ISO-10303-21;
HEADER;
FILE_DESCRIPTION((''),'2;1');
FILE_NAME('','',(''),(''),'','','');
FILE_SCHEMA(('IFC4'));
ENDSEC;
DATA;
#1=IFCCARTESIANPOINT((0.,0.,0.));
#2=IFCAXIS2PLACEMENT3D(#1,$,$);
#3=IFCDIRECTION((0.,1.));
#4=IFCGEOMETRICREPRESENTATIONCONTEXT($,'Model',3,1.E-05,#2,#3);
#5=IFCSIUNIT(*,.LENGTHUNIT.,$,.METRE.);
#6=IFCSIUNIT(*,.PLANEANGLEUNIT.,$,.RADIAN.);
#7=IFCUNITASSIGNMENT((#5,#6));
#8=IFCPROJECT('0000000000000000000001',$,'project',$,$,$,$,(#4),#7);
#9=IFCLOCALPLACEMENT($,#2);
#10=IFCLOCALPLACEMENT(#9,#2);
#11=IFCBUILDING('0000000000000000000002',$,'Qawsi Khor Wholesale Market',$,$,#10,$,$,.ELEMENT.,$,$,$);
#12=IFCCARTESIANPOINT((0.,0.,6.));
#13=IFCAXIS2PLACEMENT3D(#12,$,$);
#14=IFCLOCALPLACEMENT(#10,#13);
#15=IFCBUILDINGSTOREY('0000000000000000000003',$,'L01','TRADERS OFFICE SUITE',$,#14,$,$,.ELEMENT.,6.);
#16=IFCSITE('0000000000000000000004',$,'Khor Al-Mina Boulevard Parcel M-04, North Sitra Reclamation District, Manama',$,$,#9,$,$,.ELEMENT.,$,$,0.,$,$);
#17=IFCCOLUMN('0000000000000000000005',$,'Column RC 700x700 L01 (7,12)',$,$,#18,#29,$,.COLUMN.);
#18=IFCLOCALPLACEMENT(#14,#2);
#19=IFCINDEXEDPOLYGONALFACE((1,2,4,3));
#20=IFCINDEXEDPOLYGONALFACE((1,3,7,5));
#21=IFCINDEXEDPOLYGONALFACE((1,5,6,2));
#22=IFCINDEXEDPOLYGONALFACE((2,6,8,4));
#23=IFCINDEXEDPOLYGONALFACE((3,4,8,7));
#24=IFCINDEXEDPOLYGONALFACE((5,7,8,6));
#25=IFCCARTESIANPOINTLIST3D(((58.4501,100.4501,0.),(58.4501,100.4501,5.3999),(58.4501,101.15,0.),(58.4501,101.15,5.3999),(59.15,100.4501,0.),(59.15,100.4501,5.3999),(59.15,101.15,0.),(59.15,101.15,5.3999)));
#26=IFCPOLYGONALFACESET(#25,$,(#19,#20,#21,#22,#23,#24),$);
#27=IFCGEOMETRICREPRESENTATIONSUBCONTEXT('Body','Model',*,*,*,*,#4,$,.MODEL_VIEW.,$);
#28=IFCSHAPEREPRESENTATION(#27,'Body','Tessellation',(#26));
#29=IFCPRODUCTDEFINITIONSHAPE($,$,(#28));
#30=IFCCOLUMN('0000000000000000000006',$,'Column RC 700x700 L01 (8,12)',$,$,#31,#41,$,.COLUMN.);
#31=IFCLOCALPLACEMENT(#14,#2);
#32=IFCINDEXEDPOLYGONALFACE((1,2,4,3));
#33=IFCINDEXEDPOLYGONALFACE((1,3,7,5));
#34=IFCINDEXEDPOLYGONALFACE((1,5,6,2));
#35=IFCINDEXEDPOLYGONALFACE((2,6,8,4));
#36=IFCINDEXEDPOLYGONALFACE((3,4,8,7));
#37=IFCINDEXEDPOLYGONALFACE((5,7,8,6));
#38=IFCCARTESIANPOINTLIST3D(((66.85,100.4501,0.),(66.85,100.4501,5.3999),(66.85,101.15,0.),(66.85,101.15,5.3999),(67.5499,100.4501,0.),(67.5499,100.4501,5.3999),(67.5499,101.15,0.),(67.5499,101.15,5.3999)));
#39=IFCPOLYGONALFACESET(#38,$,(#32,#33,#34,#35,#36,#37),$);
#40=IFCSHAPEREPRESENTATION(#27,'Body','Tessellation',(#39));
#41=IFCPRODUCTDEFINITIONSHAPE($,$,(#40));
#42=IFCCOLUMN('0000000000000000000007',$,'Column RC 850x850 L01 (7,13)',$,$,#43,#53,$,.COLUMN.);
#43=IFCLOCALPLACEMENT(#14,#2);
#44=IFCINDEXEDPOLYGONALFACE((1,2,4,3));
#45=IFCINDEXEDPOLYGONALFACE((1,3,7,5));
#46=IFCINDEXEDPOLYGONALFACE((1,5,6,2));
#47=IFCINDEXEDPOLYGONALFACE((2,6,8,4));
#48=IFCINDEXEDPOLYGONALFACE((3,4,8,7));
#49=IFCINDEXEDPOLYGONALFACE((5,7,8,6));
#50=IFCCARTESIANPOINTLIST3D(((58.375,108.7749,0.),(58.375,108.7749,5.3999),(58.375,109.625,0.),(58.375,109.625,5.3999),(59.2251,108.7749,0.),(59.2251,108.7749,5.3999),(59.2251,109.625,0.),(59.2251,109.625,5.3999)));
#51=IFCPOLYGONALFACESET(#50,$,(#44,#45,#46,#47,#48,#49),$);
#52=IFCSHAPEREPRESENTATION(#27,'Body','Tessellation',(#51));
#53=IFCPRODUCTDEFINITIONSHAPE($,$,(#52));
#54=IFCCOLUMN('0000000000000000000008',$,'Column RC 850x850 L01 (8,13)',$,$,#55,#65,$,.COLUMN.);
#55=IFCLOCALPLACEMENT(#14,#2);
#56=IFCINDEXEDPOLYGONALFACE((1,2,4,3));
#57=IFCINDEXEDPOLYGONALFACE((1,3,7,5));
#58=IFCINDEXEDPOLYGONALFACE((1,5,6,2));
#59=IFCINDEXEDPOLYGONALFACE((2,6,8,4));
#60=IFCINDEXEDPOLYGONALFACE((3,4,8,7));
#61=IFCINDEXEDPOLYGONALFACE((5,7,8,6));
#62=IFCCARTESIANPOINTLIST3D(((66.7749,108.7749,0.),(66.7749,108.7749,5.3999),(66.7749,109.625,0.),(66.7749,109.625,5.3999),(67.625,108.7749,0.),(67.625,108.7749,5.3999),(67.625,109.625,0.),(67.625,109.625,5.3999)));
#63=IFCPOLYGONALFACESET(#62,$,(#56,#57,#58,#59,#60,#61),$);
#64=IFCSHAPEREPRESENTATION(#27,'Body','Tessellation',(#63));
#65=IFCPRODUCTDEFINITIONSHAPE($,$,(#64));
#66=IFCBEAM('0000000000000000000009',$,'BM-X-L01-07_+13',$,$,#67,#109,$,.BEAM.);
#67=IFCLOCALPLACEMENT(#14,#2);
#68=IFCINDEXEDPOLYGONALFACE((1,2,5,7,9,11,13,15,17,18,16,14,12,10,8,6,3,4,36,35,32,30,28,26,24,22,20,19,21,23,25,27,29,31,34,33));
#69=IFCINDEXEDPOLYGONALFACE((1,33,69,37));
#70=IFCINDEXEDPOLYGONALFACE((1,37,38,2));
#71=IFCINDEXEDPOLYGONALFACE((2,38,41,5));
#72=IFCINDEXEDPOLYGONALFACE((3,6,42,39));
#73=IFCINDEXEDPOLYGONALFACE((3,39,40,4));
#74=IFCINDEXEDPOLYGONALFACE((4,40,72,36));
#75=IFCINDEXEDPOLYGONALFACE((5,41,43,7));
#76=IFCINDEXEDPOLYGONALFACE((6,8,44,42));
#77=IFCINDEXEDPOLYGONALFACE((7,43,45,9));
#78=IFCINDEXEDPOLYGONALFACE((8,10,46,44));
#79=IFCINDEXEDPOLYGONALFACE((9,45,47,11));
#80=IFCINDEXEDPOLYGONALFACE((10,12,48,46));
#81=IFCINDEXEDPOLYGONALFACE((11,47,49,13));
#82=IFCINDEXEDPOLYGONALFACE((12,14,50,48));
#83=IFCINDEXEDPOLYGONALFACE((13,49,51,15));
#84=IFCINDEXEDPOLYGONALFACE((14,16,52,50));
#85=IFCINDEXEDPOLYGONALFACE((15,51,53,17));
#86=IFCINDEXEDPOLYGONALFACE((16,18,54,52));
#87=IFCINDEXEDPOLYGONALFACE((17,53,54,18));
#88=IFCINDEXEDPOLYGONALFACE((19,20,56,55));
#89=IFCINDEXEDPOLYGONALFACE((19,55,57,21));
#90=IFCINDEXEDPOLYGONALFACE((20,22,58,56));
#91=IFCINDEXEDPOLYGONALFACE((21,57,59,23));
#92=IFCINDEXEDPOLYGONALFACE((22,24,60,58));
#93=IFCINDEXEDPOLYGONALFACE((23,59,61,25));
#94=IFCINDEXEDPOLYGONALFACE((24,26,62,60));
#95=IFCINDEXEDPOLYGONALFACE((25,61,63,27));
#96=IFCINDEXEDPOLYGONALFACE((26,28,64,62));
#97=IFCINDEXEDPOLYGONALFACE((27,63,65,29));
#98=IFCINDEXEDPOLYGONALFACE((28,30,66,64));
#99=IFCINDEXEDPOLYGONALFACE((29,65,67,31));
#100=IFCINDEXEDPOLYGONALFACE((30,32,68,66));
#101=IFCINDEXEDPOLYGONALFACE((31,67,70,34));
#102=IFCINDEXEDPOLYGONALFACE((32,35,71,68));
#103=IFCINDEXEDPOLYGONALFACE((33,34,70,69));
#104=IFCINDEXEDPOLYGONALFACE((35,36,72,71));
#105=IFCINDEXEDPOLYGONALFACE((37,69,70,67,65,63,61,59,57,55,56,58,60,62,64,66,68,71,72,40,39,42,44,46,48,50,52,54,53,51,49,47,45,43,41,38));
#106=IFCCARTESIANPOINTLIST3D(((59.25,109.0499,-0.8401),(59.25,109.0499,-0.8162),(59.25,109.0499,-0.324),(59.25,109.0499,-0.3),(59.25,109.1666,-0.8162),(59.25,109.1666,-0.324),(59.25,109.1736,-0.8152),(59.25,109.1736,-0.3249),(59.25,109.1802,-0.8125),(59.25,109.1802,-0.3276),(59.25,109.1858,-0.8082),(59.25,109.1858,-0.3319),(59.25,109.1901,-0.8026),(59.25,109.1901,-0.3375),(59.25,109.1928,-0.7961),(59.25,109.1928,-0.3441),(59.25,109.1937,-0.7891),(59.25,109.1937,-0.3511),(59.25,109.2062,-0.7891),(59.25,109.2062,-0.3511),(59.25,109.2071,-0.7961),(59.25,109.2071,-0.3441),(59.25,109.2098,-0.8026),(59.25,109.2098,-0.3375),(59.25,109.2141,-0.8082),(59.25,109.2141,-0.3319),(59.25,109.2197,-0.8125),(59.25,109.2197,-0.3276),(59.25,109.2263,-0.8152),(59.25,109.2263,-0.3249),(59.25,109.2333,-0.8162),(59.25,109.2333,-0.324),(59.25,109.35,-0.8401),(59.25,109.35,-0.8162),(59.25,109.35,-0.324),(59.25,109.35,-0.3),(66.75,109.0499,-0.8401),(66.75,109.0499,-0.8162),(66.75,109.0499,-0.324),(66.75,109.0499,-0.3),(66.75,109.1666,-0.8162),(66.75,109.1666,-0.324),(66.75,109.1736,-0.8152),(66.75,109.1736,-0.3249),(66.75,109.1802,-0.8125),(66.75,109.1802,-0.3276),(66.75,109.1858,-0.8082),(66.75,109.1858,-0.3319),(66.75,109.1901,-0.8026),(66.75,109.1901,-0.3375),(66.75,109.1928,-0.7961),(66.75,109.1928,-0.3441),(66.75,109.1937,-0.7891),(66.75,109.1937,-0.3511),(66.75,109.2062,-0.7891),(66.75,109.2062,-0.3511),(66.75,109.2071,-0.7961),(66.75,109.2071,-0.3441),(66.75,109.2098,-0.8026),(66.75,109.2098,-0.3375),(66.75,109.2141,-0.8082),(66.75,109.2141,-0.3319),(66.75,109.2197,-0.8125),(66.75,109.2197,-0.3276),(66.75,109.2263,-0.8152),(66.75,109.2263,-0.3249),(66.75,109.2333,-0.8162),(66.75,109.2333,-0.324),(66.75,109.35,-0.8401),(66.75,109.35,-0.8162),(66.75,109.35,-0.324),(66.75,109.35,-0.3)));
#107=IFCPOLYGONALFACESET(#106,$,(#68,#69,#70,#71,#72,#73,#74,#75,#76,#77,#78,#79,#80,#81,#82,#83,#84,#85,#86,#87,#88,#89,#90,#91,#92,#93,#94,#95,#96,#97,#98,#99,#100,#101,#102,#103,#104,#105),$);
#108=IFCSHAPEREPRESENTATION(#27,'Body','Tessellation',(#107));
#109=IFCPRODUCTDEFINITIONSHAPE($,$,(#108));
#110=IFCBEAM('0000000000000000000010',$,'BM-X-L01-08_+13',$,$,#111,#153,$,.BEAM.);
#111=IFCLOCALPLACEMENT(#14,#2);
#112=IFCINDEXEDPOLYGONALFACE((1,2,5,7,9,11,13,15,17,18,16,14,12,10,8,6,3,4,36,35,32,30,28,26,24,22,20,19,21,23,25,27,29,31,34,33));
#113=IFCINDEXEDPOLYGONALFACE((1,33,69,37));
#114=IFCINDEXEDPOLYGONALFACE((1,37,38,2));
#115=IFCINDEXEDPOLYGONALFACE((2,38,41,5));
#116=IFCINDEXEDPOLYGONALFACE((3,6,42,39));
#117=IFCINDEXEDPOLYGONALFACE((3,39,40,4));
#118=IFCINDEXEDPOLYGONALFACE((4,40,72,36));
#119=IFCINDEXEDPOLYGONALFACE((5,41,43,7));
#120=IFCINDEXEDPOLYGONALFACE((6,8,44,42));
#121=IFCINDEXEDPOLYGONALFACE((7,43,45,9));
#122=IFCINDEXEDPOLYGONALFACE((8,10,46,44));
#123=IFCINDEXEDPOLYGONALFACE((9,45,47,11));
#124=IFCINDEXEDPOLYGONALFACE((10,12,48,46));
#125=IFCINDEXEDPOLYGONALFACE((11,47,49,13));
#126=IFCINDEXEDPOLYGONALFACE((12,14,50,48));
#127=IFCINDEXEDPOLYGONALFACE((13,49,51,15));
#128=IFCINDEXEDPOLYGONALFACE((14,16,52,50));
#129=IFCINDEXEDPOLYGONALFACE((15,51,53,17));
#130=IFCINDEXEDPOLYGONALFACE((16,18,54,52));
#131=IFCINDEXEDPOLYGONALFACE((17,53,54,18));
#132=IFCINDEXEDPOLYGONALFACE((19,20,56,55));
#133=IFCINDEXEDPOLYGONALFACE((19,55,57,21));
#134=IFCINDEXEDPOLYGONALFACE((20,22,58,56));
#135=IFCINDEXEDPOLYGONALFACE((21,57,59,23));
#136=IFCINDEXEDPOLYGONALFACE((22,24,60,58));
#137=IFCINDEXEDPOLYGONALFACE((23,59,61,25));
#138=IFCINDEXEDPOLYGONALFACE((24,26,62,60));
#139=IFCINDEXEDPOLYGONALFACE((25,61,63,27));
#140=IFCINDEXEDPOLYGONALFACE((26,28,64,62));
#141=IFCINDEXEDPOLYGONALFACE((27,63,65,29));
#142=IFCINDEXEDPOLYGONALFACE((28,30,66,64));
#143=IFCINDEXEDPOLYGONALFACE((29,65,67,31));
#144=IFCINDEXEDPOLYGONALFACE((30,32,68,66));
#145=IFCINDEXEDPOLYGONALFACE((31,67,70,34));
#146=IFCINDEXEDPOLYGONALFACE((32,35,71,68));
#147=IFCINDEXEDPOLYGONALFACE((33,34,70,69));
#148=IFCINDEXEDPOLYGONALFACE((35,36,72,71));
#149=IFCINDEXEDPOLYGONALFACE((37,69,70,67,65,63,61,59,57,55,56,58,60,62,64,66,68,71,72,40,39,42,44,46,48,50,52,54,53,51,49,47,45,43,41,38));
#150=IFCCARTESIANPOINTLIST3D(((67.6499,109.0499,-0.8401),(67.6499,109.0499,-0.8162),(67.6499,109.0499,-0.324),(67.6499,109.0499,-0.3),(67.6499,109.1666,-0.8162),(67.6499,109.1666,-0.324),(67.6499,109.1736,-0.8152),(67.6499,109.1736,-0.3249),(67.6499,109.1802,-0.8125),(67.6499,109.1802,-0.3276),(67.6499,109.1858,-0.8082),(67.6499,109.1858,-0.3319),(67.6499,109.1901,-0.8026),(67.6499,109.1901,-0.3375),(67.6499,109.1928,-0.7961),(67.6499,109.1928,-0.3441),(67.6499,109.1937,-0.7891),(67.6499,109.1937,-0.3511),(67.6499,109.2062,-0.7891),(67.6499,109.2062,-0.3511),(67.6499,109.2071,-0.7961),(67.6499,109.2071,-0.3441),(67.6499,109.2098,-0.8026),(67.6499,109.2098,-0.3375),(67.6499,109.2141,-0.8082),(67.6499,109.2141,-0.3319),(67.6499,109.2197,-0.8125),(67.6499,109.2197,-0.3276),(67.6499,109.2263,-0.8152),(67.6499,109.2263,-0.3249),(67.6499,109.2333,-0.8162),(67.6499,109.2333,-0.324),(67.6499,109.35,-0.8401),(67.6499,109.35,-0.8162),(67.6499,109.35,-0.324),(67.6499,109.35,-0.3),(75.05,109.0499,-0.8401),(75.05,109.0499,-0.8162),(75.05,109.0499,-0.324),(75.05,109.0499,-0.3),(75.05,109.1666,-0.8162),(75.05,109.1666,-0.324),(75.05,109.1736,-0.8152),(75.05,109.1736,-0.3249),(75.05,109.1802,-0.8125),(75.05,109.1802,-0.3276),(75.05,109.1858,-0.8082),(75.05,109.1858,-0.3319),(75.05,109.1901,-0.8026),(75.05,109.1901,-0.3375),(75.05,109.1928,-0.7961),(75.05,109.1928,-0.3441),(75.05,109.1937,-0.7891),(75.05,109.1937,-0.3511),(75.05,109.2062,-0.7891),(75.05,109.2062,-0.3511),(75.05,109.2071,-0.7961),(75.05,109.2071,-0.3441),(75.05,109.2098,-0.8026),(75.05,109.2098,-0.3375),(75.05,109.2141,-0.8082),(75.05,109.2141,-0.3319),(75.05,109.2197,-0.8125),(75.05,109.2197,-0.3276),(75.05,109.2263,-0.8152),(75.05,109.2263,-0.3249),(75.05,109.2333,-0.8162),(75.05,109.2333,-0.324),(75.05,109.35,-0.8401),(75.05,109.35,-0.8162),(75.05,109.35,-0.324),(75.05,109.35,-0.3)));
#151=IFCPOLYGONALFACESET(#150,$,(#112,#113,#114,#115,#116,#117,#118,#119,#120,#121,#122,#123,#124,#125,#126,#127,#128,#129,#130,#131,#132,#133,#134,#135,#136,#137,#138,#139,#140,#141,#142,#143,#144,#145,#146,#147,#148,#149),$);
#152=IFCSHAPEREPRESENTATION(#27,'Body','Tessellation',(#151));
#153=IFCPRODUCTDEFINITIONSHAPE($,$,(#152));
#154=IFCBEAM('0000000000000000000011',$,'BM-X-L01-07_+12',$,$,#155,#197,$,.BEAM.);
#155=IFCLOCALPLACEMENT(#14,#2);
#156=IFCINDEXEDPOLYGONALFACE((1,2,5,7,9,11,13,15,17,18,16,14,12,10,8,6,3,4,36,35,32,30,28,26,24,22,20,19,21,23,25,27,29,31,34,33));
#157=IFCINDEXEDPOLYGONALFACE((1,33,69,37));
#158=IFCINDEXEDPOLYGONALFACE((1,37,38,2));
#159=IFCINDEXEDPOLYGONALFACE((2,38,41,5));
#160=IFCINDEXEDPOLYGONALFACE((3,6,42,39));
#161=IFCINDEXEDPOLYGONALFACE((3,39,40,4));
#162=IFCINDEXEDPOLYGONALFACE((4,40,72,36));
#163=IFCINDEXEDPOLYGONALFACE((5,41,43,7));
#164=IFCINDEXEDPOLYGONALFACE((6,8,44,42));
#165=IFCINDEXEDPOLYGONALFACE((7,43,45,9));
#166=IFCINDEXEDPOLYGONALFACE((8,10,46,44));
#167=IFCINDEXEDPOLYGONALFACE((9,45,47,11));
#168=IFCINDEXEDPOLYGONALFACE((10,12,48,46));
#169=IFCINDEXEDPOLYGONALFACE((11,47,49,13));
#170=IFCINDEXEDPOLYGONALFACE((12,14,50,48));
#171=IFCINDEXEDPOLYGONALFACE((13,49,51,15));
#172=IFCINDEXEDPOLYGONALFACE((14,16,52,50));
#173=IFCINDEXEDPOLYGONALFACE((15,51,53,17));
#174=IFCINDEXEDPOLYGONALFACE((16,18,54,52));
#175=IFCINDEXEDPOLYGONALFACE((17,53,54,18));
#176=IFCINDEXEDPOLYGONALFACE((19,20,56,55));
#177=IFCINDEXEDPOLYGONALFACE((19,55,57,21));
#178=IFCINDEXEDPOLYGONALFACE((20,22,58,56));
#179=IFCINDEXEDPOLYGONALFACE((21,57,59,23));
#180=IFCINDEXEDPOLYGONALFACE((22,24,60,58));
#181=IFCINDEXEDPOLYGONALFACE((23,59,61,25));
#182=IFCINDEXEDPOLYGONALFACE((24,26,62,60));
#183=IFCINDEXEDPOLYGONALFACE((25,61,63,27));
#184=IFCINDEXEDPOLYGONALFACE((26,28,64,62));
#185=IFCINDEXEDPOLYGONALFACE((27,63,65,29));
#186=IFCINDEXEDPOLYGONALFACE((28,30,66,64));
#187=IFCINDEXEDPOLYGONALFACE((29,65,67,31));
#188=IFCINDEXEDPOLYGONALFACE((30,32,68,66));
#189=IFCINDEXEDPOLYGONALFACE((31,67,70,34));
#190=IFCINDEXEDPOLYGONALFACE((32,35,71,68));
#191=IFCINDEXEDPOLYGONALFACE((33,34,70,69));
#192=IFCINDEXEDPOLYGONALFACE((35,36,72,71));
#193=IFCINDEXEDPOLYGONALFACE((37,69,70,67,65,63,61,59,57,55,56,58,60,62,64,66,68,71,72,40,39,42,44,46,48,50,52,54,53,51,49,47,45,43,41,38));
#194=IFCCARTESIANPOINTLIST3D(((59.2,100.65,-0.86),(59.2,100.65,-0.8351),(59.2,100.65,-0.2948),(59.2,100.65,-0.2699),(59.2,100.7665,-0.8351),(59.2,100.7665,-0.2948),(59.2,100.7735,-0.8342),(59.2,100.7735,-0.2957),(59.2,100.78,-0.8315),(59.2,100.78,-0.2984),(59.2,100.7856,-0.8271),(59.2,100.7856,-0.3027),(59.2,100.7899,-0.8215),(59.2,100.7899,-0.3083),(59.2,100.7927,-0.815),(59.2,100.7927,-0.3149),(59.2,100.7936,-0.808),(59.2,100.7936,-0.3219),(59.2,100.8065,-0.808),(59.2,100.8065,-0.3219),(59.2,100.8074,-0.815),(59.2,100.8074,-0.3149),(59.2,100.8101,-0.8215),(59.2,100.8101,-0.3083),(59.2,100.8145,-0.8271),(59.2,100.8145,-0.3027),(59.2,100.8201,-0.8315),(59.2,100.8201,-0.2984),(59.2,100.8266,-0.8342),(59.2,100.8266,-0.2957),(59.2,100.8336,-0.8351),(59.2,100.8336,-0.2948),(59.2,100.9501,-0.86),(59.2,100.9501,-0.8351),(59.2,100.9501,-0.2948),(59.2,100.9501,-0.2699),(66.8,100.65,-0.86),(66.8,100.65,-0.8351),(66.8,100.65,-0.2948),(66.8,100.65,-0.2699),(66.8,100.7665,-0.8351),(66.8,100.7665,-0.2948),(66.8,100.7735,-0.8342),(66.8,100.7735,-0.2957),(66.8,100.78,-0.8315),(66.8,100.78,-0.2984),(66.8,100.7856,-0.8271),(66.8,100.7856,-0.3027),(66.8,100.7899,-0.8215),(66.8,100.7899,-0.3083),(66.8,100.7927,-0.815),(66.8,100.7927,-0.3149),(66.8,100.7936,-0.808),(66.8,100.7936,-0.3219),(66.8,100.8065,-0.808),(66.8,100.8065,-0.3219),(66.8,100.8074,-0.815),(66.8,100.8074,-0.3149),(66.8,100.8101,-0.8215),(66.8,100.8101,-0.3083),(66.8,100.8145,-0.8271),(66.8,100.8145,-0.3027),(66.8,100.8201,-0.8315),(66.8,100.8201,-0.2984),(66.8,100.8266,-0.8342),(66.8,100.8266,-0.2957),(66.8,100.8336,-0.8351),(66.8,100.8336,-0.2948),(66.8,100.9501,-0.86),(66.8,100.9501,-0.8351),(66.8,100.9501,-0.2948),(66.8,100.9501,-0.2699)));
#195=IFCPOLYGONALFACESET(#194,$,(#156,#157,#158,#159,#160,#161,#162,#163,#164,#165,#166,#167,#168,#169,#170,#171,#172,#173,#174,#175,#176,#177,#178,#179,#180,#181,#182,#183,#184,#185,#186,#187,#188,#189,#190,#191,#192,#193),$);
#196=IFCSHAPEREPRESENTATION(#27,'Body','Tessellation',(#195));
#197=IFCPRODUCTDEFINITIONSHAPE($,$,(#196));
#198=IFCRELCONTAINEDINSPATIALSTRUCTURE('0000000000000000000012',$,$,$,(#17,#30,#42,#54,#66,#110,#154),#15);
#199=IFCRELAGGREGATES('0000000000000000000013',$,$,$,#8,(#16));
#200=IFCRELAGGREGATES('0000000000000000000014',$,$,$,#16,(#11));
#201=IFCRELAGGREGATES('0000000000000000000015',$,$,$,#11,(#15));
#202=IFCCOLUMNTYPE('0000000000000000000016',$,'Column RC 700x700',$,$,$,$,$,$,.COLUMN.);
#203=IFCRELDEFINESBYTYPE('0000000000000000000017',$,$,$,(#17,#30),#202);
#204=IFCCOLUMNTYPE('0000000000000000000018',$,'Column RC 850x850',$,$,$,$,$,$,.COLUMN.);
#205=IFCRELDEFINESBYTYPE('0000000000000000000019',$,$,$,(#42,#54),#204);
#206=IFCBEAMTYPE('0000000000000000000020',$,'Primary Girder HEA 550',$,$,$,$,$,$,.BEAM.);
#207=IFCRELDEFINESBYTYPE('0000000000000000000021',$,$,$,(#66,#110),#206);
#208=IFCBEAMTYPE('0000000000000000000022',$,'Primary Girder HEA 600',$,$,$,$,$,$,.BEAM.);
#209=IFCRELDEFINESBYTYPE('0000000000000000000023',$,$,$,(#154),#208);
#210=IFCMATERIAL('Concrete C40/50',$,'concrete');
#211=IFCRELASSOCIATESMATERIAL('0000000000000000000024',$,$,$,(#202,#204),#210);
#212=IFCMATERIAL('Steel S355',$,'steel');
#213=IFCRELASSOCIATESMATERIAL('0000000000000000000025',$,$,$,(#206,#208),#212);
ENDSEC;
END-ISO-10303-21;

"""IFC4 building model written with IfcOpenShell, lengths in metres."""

from ifc_helpers import new_model, si_unit, direction, frame, origin, origin_2d, place, context, subcontext, project, spatial, rectangle, i_section, extrude, material, material_profile, profile_set, type_object, element, save


model = new_model("IFC4")

# Units and contexts
model_context = context("Model", 3, precision=1e-05, world=origin(), true_north=direction((0.0, 1.0)))
body_context = subcontext(model_context, "Body", "Model", "MODEL_VIEW")
ifc_project = project(units=[si_unit("LENGTHUNIT", "METRE"), si_unit("PLANEANGLEUNIT", "RADIAN")], contexts=[model_context])

# Site, building, storey
site_placement = place(None, origin())
site = spatial("IfcSite", under=ifc_project, at=site_placement, Name="Khor Al-Mina Boulevard Parcel M-04, North Sitra Reclamation District, Manama", CompositionType="ELEMENT", RefElevation=0.0)
building_placement = place(site_placement, origin())
building = spatial("IfcBuilding", under=site, at=building_placement, Name="Qawsi Khor Wholesale Market", CompositionType="ELEMENT")
storey_placement = place(building_placement, frame((0.0, 0.0, 6.0)))
storey = spatial("IfcBuildingStorey", under=building, at=storey_placement, Name="L01", Description="TRADERS OFFICE SUITE", CompositionType="ELEMENT", Elevation=6.0)

# Columns
ifc_material_1 = material(Name="Concrete C40/50", Category="concrete")
ifc_material_profile_1 = material_profile(ifc_material_1, rectangle(XDim=0.7, YDim=0.7, at=origin_2d()), Name="RC 700x700")
ifc_profile_set_1 = profile_set([ifc_material_profile_1], Name="Concrete C40/50")
column_type_1 = type_object("IfcColumnType", Name="Column RC 700x700", PredefinedType="COLUMN", material=ifc_profile_set_1)
for number, where, z_axis, x_axis, name in (
    (1, (58.8, 100.8, 0.0), (0.0, 0.0, 1.0), (1.0, 0.0, 0.0), "Column RC 700x700 L01 (7,12)"),
    (2, (67.2, 100.8, 0.0), (0.0, 0.0, 1.0), (1.0, 0.0, 0.0), "Column RC 700x700 L01 (8,12)"),
):
    element("IfcColumn", number, at=place(storey_placement, frame(where, z_axis=z_axis, x_axis=x_axis)), inside=storey, type_object=column_type_1, Name=name, PredefinedType="COLUMN", context=body_context, shape_type="SweptSolid", body=[
        extrude(rectangle(XDim=0.7, YDim=0.7, at=origin_2d()), origin(), (0.0, 0.0, 1.0), 5.3999),
    ])
ifc_material_profile_2 = material_profile(ifc_material_1, rectangle(XDim=0.8501, YDim=0.8501, at=origin_2d()), Name="RC 850x850")
ifc_profile_set_2 = profile_set([ifc_material_profile_2], Name="Concrete C40/50")
column_type_2 = type_object("IfcColumnType", Name="Column RC 850x850", PredefinedType="COLUMN", material=ifc_profile_set_2)
for number, where, z_axis, x_axis, name in (
    (3, (58.8, 109.2, 0.0), (0.0, 0.0, 1.0), (1.0, 0.0, 0.0), "Column RC 850x850 L01 (7,13)"),
    (4, (67.2, 109.2, 0.0), (0.0, 0.0, 1.0), (1.0, 0.0, 0.0), "Column RC 850x850 L01 (8,13)"),
):
    element("IfcColumn", number, at=place(storey_placement, frame(where, z_axis=z_axis, x_axis=x_axis)), inside=storey, type_object=column_type_2, Name=name, PredefinedType="COLUMN", context=body_context, shape_type="SweptSolid", body=[
        extrude(rectangle(XDim=0.8501, YDim=0.8501, at=origin_2d()), origin(), (0.0, 0.0, 1.0), 5.3999),
    ])

# Beams
ifc_material_2 = material(Name="Steel S355", Category="steel")
ifc_material_profile_3 = material_profile(ifc_material_2, i_section(OverallWidth=0.3, OverallDepth=0.54, WebThickness=0.0125, FlangeThickness=0.0239, FilletRadius=0.0271, at=origin_2d()), Name="HEA 550")
ifc_profile_set_3 = profile_set([ifc_material_profile_3], Name="Steel S355")
beam_type_1 = type_object("IfcBeamType", Name="Primary Girder HEA 550", PredefinedType="BEAM", material=ifc_profile_set_3)
beam_1_placement = place(storey_placement, frame((59.25, 109.2, -0.5701), z_axis=(1.0, 0.0, 0.0), x_axis=(0.0, 1.0, 0.0)))
element("IfcBeam", 5, at=beam_1_placement, inside=storey, type_object=beam_type_1, Name="BM-X-L01-07_+13", PredefinedType="BEAM", context=body_context, shape_type="SweptSolid", body=[
    extrude(i_section(OverallWidth=0.3, OverallDepth=0.54, WebThickness=0.0125, FlangeThickness=0.0239, FilletRadius=0.0271, at=origin_2d()), origin(), (0.0, 0.0, 1.0), 7.5),
])
beam_2_placement = place(storey_placement, frame((67.6499, 109.2, -0.5701), z_axis=(1.0, 0.0, 0.0), x_axis=(0.0, 1.0, 0.0)))
element("IfcBeam", 6, at=beam_2_placement, inside=storey, type_object=beam_type_1, Name="BM-X-L01-08_+13", PredefinedType="BEAM", context=body_context, shape_type="SweptSolid", body=[
    extrude(i_section(OverallWidth=0.3, OverallDepth=0.54, WebThickness=0.0125, FlangeThickness=0.0239, FilletRadius=0.0271, at=origin_2d()), origin(), (0.0, 0.0, 1.0), 7.4001),
])
ifc_material_profile_4 = material_profile(ifc_material_2, i_section(OverallWidth=0.3, OverallDepth=0.5901, WebThickness=0.0129, FlangeThickness=0.0249, FilletRadius=0.0271, at=origin_2d()), Name="HEA 600")
ifc_profile_set_4 = profile_set([ifc_material_profile_4], Name="Steel S355")
beam_type_2 = type_object("IfcBeamType", Name="Primary Girder HEA 600", PredefinedType="BEAM", material=ifc_profile_set_4)
beam_3_placement = place(storey_placement, frame((59.2, 100.8, -0.5649), z_axis=(1.0, 0.0, 0.0), x_axis=(0.0, 1.0, 0.0)))
element("IfcBeam", 7, at=beam_3_placement, inside=storey, type_object=beam_type_2, Name="BM-X-L01-07_+12", PredefinedType="BEAM", context=body_context, shape_type="SweptSolid", body=[
    extrude(i_section(OverallWidth=0.3, OverallDepth=0.5901, WebThickness=0.0129, FlangeThickness=0.0249, FilletRadius=0.0271, at=origin_2d()), origin(), (0.0, 0.0, 1.0), 7.6001),
])

save(model, "model.ifc")
